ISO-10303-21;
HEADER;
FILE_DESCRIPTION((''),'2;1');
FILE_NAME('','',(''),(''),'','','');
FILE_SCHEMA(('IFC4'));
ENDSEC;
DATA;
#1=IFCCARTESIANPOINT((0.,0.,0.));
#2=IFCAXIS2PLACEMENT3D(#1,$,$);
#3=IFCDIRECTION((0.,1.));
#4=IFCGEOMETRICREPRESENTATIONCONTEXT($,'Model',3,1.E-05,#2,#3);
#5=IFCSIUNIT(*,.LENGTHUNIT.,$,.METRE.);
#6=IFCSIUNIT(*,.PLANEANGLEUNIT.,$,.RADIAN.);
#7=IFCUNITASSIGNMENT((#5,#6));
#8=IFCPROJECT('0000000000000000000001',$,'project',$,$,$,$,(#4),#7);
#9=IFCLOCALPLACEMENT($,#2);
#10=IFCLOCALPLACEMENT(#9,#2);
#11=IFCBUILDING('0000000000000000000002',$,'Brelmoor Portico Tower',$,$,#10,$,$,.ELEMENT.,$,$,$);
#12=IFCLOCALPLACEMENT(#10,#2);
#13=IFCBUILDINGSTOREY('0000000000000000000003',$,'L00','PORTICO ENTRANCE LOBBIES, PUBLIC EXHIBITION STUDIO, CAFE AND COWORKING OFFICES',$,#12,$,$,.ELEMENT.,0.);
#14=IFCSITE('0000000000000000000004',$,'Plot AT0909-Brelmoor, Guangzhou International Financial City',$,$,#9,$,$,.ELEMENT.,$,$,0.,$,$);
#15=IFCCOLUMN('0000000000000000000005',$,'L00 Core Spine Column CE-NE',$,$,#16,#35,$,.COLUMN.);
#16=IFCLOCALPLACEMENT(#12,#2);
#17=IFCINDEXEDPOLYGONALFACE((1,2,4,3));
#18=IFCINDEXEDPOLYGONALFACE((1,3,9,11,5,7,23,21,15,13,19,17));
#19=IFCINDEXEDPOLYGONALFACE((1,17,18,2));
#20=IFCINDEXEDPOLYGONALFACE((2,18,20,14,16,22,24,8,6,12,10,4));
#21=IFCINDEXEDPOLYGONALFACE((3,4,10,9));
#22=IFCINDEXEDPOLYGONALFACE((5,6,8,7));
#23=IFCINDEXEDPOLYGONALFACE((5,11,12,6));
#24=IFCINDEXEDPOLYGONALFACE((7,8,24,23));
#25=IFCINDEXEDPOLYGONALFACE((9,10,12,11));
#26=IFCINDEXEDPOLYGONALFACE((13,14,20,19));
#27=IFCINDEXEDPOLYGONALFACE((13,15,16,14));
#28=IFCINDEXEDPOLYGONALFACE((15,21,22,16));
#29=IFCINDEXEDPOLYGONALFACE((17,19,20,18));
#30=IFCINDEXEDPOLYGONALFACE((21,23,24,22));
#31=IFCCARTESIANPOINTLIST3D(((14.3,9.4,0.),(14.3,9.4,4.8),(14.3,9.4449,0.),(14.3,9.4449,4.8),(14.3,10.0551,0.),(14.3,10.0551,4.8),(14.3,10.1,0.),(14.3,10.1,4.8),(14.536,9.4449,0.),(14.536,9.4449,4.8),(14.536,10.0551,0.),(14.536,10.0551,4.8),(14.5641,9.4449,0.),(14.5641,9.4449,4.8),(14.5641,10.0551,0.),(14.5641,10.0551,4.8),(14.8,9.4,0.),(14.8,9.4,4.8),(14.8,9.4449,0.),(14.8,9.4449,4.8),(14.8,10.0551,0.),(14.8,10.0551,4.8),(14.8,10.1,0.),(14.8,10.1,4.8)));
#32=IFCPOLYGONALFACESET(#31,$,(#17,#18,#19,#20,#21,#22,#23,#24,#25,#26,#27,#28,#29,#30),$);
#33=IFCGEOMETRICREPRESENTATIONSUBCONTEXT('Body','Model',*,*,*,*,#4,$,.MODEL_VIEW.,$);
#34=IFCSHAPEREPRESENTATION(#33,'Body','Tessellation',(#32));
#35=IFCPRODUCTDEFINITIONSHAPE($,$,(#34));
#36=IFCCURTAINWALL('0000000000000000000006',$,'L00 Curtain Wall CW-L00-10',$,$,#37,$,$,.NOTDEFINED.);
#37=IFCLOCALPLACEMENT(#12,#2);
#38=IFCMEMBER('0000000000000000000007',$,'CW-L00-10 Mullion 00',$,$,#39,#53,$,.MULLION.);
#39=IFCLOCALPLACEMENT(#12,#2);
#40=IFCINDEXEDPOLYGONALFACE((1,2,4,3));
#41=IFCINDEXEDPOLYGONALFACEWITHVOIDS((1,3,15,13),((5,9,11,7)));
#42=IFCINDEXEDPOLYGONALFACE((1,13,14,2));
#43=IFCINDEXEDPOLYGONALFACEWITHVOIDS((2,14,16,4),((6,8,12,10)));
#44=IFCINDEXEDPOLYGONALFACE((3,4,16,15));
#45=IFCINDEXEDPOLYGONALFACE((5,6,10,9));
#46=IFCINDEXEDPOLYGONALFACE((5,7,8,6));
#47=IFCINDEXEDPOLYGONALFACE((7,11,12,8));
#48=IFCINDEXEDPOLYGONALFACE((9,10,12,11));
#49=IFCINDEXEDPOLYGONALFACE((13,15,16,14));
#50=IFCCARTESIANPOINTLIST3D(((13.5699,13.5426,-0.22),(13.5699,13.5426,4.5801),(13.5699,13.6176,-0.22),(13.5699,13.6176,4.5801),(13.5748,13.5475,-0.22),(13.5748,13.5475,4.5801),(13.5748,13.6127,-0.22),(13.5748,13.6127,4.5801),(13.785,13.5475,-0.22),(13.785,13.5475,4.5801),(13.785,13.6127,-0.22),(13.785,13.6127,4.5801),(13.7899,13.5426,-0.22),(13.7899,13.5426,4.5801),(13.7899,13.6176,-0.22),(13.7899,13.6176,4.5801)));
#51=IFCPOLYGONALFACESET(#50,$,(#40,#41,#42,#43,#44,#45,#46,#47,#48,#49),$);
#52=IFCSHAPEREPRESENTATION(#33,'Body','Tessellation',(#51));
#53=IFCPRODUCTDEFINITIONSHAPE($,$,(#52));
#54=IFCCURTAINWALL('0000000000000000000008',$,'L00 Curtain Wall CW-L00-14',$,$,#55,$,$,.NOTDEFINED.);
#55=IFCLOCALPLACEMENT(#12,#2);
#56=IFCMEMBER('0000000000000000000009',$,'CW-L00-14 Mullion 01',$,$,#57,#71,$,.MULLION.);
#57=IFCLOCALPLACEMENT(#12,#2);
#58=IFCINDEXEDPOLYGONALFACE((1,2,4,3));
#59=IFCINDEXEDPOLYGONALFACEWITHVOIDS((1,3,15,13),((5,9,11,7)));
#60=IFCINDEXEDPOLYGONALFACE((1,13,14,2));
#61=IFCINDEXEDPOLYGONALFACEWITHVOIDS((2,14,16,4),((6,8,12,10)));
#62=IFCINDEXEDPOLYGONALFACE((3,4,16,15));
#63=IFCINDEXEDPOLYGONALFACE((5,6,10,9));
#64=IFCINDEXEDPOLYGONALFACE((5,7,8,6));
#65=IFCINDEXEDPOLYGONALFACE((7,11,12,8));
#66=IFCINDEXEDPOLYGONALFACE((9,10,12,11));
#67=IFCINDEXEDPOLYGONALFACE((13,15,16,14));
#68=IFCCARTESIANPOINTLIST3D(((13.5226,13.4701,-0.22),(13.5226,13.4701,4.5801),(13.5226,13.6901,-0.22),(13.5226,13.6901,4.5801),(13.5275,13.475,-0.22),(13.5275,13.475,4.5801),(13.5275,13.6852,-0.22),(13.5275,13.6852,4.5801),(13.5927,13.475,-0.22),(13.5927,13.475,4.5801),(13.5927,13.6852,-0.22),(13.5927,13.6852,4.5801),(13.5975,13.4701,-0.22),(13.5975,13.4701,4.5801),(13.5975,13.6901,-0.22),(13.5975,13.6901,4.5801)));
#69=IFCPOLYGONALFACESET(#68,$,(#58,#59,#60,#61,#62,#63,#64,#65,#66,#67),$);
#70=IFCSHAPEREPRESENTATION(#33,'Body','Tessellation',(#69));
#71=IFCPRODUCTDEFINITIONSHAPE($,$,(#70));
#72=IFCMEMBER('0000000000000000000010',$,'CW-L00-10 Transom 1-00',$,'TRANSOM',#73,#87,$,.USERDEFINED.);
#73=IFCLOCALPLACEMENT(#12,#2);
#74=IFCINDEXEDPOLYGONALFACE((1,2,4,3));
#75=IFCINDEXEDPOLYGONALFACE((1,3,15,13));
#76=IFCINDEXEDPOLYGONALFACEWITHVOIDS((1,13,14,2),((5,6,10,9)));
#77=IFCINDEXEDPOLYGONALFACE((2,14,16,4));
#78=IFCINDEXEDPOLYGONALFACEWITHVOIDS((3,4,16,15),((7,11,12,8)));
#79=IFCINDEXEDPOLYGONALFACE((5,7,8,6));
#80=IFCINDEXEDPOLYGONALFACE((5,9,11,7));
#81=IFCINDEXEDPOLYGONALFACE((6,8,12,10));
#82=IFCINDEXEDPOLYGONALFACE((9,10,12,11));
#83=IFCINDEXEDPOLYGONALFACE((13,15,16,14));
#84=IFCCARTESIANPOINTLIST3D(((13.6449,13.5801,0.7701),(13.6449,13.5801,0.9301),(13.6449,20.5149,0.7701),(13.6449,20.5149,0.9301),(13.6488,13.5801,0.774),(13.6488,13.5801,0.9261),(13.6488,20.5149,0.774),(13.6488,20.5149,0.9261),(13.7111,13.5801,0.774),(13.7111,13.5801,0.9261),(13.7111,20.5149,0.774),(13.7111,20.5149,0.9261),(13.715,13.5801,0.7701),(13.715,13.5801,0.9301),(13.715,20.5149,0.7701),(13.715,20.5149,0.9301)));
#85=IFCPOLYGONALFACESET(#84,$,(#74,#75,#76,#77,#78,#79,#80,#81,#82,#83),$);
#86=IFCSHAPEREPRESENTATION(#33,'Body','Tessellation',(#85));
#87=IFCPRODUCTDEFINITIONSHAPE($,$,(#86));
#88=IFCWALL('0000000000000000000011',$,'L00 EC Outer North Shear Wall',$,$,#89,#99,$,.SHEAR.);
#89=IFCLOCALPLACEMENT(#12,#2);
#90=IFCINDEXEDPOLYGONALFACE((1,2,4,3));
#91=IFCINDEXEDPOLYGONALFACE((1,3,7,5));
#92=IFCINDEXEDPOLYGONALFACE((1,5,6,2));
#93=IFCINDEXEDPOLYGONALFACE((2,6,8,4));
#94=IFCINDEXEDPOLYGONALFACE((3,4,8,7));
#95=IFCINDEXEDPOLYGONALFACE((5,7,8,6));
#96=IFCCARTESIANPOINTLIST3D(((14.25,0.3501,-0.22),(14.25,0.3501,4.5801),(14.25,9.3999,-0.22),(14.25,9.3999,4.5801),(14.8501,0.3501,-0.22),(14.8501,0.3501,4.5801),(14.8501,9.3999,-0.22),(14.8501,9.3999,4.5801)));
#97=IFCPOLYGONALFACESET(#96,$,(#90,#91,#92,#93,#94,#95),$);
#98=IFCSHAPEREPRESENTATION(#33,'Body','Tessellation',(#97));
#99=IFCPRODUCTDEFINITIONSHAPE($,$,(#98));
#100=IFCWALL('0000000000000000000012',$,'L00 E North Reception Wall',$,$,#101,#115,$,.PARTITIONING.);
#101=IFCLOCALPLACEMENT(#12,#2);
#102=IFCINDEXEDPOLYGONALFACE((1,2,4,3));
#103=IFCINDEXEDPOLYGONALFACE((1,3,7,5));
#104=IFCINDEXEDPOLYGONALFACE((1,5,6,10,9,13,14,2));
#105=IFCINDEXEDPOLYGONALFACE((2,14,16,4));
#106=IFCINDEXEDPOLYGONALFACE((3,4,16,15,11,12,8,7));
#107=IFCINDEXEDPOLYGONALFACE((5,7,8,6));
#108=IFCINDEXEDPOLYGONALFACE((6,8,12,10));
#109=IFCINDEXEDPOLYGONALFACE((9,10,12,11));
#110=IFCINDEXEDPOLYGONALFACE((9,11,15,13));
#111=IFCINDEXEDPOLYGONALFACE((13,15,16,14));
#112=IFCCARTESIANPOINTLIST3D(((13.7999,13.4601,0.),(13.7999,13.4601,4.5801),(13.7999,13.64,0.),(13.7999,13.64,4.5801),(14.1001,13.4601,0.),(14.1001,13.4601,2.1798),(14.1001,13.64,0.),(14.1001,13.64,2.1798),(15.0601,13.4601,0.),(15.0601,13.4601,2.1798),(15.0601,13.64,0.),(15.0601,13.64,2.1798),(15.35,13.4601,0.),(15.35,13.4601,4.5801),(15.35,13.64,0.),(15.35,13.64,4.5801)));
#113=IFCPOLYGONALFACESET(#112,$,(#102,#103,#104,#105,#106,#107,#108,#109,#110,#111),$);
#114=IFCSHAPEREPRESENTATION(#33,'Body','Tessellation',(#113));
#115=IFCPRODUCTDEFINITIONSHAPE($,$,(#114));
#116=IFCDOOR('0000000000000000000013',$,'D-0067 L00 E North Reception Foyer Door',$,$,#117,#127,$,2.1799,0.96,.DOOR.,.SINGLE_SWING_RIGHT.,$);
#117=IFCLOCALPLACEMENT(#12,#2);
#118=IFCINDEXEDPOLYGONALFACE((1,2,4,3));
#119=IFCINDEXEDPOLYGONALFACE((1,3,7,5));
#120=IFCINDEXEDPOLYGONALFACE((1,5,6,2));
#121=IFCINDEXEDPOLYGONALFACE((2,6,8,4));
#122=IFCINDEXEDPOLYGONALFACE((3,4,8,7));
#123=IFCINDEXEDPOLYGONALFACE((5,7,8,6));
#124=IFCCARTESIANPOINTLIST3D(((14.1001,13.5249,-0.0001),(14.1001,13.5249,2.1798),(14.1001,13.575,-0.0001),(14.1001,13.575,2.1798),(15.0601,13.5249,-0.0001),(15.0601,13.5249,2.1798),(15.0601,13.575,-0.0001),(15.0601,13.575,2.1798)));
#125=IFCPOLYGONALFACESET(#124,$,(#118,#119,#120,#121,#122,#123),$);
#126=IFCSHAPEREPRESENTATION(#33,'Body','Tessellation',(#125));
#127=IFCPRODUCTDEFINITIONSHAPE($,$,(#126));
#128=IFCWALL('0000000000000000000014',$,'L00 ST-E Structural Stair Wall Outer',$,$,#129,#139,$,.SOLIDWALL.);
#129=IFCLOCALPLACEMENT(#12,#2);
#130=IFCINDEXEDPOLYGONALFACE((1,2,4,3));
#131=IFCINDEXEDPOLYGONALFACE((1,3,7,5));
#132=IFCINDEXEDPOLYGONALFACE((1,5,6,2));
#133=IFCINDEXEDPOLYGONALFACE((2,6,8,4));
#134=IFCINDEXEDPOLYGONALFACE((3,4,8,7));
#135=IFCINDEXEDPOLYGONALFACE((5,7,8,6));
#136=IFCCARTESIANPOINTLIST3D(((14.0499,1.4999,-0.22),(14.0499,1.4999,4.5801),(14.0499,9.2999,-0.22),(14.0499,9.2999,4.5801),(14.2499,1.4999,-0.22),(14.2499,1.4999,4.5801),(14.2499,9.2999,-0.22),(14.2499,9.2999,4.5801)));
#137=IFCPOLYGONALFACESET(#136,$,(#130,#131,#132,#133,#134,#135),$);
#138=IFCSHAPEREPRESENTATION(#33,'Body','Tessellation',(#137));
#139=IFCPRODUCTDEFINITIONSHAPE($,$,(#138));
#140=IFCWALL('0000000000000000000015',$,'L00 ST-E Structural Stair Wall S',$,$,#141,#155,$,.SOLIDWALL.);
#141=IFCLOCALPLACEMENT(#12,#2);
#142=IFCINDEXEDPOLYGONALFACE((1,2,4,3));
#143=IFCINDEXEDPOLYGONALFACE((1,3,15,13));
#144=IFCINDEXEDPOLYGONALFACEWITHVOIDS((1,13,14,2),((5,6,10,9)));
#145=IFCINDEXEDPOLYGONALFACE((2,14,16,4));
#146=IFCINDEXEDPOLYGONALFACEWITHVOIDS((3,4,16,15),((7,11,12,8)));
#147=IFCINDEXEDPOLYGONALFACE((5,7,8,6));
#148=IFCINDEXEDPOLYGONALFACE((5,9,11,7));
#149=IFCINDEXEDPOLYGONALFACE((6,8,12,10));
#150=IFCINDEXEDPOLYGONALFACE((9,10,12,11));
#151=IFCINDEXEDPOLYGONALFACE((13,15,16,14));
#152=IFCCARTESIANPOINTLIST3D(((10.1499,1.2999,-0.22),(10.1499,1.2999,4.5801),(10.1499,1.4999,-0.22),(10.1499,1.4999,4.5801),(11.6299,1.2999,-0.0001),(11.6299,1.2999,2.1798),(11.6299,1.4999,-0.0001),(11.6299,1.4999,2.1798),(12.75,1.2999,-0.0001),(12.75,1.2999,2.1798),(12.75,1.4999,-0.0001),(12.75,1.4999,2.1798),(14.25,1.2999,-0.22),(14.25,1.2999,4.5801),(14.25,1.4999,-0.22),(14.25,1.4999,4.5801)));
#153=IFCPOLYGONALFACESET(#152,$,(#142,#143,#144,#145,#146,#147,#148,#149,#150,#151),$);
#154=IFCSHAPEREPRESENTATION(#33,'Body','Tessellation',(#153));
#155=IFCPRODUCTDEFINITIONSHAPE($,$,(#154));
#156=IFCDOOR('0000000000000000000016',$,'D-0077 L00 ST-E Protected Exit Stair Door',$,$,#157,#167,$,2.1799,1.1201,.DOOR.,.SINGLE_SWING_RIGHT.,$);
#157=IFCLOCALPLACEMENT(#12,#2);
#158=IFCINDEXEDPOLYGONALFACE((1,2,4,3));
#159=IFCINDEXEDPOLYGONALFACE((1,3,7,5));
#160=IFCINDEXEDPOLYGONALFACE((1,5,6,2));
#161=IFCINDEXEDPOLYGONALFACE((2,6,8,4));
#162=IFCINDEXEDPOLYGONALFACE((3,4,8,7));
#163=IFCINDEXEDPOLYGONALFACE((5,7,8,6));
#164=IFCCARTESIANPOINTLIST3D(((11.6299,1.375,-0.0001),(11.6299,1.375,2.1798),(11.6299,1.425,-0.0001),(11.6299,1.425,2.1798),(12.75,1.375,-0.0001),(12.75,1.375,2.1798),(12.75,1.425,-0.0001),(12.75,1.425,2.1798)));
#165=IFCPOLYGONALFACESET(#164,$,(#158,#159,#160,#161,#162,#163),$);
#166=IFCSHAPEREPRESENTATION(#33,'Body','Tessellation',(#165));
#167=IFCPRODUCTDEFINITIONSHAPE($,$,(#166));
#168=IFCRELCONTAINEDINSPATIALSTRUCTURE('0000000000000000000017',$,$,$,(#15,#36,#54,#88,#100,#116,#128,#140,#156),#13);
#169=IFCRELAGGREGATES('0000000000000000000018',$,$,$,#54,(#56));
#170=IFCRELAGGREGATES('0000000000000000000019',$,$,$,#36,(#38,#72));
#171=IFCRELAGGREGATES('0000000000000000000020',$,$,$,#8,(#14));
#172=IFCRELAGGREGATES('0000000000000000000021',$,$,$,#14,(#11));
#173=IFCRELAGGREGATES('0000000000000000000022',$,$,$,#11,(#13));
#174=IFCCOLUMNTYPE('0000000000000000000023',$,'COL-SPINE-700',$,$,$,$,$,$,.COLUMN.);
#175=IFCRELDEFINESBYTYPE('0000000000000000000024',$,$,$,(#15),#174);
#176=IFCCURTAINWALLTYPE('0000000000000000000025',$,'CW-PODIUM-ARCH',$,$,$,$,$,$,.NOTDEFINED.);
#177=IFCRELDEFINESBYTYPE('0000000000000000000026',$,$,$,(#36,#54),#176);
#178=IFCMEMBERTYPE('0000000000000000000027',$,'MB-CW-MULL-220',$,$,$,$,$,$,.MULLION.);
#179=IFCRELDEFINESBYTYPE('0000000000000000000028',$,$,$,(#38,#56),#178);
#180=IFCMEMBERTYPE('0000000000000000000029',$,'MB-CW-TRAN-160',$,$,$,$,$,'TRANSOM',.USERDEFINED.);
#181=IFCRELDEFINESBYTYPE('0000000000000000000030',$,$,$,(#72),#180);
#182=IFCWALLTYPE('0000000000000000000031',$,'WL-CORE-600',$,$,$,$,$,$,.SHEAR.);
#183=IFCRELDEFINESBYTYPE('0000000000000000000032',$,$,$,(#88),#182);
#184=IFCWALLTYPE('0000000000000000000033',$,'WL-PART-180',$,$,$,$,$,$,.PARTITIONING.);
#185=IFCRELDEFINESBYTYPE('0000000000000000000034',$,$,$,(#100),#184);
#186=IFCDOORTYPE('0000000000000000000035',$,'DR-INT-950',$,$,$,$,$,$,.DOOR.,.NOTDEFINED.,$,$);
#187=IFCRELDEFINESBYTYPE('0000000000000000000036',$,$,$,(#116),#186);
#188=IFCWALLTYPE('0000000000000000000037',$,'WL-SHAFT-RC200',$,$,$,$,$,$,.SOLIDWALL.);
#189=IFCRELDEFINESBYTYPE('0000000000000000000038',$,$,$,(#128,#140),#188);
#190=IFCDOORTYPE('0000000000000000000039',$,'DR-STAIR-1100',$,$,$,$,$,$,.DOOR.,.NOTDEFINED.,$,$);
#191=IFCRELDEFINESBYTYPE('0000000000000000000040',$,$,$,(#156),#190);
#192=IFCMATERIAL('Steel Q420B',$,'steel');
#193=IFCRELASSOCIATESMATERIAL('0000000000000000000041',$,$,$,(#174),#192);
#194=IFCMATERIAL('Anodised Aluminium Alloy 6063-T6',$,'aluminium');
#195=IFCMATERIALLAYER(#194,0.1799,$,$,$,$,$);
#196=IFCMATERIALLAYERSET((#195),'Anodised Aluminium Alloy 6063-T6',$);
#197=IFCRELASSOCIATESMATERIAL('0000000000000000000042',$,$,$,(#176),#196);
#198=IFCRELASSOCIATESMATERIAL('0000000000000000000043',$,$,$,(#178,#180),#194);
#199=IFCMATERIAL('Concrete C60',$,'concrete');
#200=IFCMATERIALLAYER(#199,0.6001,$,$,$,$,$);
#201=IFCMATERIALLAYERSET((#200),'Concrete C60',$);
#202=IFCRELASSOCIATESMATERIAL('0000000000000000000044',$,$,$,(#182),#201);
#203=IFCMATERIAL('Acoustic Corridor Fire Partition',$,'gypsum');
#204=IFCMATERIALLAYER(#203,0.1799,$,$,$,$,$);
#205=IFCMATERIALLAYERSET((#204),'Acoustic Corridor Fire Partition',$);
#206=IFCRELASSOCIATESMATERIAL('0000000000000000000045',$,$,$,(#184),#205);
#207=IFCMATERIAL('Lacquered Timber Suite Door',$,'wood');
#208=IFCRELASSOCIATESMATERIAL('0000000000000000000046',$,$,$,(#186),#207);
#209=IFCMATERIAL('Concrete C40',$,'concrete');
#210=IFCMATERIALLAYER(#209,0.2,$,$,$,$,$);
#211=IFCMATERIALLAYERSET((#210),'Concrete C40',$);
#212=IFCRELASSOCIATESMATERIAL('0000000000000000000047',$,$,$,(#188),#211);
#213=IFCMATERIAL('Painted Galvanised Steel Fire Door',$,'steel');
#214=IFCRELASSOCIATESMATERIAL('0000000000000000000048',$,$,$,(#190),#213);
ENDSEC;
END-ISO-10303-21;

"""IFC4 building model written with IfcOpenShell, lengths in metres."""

from ifc_helpers import new_model, si_unit, direction, frame, frame_2d, origin, origin_2d, place, context, subcontext, project, spatial, rectangle, hollow_rectangle, i_section, extrude, material, layer, layer_set, material_profile, profile_set, type_object, element, fill, aggregate, save


model = new_model("IFC4")

# Units and contexts
model_context = context("Model", 3, precision=1e-05, world=origin(), true_north=direction((0.0, 1.0)))
body_context = subcontext(model_context, "Body", "Model", "MODEL_VIEW")
ifc_project = project(units=[si_unit("LENGTHUNIT", "METRE"), si_unit("PLANEANGLEUNIT", "RADIAN")], contexts=[model_context])

# Site, building, storey
site_placement = place(None, origin())
site = spatial("IfcSite", under=ifc_project, at=site_placement, Name="Plot AT0909-Brelmoor, Guangzhou International Financial City", CompositionType="ELEMENT", RefElevation=0.0)
building_placement = place(site_placement, origin())
building = spatial("IfcBuilding", under=site, at=building_placement, Name="Brelmoor Portico Tower", CompositionType="ELEMENT")
storey_placement = place(building_placement, origin())
storey = spatial("IfcBuildingStorey", under=building, at=storey_placement, Name="L00", Description="PORTICO ENTRANCE LOBBIES, PUBLIC EXHIBITION STUDIO, CAFE AND COWORKING OFFICES", CompositionType="ELEMENT", Elevation=0.0)

# Column
ifc_material_1 = material(Name="Steel Q420B", Category="steel")
ifc_material_profile_1 = material_profile(ifc_material_1, i_section(OverallWidth=0.5, OverallDepth=0.7, WebThickness=0.0281, FlangeThickness=0.0449, at=origin_2d()), Name="HW 700x500x28x45")
ifc_profile_set_1 = profile_set([ifc_material_profile_1], Name="Steel Q420B")
column_type = type_object("IfcColumnType", Name="COL-SPINE-700", PredefinedType="COLUMN", material=ifc_profile_set_1)
column_placement = place(storey_placement, frame((14.55, 9.75, 0.0), z_axis=(0.0, 0.0, 1.0), x_axis=(1.0, 0.0, 0.0)))
element("IfcColumn", 1, at=column_placement, inside=storey, type_object=column_type, Name="L00 Core Spine Column CE-NE", PredefinedType="COLUMN", context=body_context, shape_type="SweptSolid", body=[
    extrude(i_section(OverallWidth=0.5, OverallDepth=0.7, WebThickness=0.0281, FlangeThickness=0.0449, at=origin_2d()), origin(), (0.0, 0.0, 1.0), 4.8),
])

# Curtain walls, members
ifc_material_2 = material(Name="Anodised Aluminium Alloy 6063-T6", Category="aluminium")
ifc_layer_1 = layer(ifc_material_2, 0.1799)
ifc_layer_set_1 = layer_set([ifc_layer_1], Name="Anodised Aluminium Alloy 6063-T6")
curtain_wall_type = type_object("IfcCurtainWallType", Name="CW-PODIUM-ARCH", PredefinedType="NOTDEFINED", material=ifc_layer_set_1)
curtain_wall_1_placement = place(storey_placement, origin())
curtain_wall_1 = element("IfcCurtainWall", 2, at=curtain_wall_1_placement, inside=storey, type_object=curtain_wall_type, Name="L00 Curtain Wall CW-L00-10", PredefinedType="NOTDEFINED")
ifc_material_profile_2 = material_profile(ifc_material_2, hollow_rectangle(XDim=0.075, YDim=0.22, WallThickness=0.0049, at=origin_2d()), Name="ALU MULLION 75x220")
ifc_profile_set_2 = profile_set([ifc_material_profile_2], Name="Anodised Aluminium Alloy 6063-T6")
member_type_1 = type_object("IfcMemberType", Name="MB-CW-MULL-220", PredefinedType="MULLION", material=ifc_profile_set_2)
member_1_placement = place(storey_placement, frame((13.6799, 13.5801, -0.22), z_axis=(0.0, 0.0, 1.0), x_axis=(0.0, 1.0, 0.0)))
member_1 = element("IfcMember", 3, at=member_1_placement, type_object=member_type_1, Name="CW-L00-10 Mullion 00", PredefinedType="MULLION", context=body_context, shape_type="SweptSolid", body=[
    extrude(hollow_rectangle(XDim=0.075, YDim=0.22, WallThickness=0.0049, at=origin_2d()), origin(), (0.0, 0.0, 1.0), 4.8),
])
curtain_wall_2_placement = place(storey_placement, origin())
curtain_wall_2 = element("IfcCurtainWall", 4, at=curtain_wall_2_placement, inside=storey, type_object=curtain_wall_type, Name="L00 Curtain Wall CW-L00-14", PredefinedType="NOTDEFINED")
member_2_placement = place(storey_placement, frame((13.5601, 13.5801, -0.22), z_axis=(0.0, 0.0, 1.0), x_axis=(1.0, 0.0, 0.0)))
member_2 = element("IfcMember", 5, at=member_2_placement, type_object=member_type_1, Name="CW-L00-14 Mullion 01", PredefinedType="MULLION", context=body_context, shape_type="SweptSolid", body=[
    extrude(hollow_rectangle(XDim=0.075, YDim=0.22, WallThickness=0.0049, at=origin_2d()), origin(), (0.0, 0.0, 1.0), 4.8),
])
aggregate(curtain_wall_2, [member_2])

# Member
ifc_material_profile_3 = material_profile(ifc_material_2, hollow_rectangle(XDim=0.0701, YDim=0.1599, WallThickness=0.0039, at=origin_2d()), Name="ALU TRANSOM 70x160")
ifc_profile_set_3 = profile_set([ifc_material_profile_3], Name="Anodised Aluminium Alloy 6063-T6")
member_type_2 = type_object("IfcMemberType", Name="MB-CW-TRAN-160", ElementType="TRANSOM", PredefinedType="USERDEFINED", material=ifc_profile_set_3)
member_3_placement = place(storey_placement, frame((13.6799, 13.5801, 0.8501), z_axis=(0.0, 1.0, 0.0), x_axis=(-1.0, 0.0, 0.0)))
member_3 = element("IfcMember", 6, at=member_3_placement, type_object=member_type_2, Name="CW-L00-10 Transom 1-00", ObjectType="TRANSOM", PredefinedType="USERDEFINED", context=body_context, shape_type="SweptSolid", body=[
    extrude(hollow_rectangle(XDim=0.0701, YDim=0.1599, WallThickness=0.0039, at=origin_2d()), origin(), (0.0, 0.0, 1.0), 6.9348),
])
aggregate(curtain_wall_1, [member_1, member_3])

# Wall
ifc_material_3 = material(Name="Concrete C60", Category="concrete")
ifc_layer_2 = layer(ifc_material_3, 0.6001)
ifc_layer_set_2 = layer_set([ifc_layer_2], Name="Concrete C60")
wall_type_1 = type_object("IfcWallType", Name="WL-CORE-600", PredefinedType="SHEAR", material=ifc_layer_set_2)
wall_1_placement = place(storey_placement, frame((14.55, 0.3501, -0.22), z_axis=(0.0, 0.0, 1.0), x_axis=(0.0, 1.0, 0.0)))
element("IfcWall", 7, at=wall_1_placement, inside=storey, type_object=wall_type_1, Name="L00 EC Outer North Shear Wall", PredefinedType="SHEAR", context=body_context, shape_type="SweptSolid", body=[
    extrude(rectangle(XDim=9.0498, YDim=0.6001, at=frame_2d((4.5249, 0.0))), origin(), (0.0, 0.0, 1.0), 4.8),
])

# Wall, opening, door
ifc_material_4 = material(Name="Acoustic Corridor Fire Partition", Category="gypsum")
ifc_layer_3 = layer(ifc_material_4, 0.1799)
ifc_layer_set_3 = layer_set([ifc_layer_3], Name="Acoustic Corridor Fire Partition")
wall_type_2 = type_object("IfcWallType", Name="WL-PART-180", PredefinedType="PARTITIONING", material=ifc_layer_set_3)
wall_2_placement = place(storey_placement, frame((13.8, 13.55, 0.0), z_axis=(0.0, 0.0, 1.0), x_axis=(1.0, 0.0, 0.0)))
wall_2 = element("IfcWall", 8, at=wall_2_placement, inside=storey, type_object=wall_type_2, Name="L00 E North Reception Wall", PredefinedType="PARTITIONING", context=body_context, shape_type="SweptSolid", body=[
    extrude(rectangle(XDim=1.55, YDim=0.1799, at=frame_2d((0.7749, 0.0))), origin(), (0.0, 0.0, 1.0), 4.5801),
])
opening_1_placement = place(wall_2_placement, frame((0.3, 0.0, 0.0)))
opening_1 = element("IfcOpeningElement", 9, at=opening_1_placement, cuts=wall_2, PredefinedType="OPENING", context=body_context, shape_type="SweptSolid", body=[
    extrude(rectangle(XDim=0.96, YDim=2.1799, at=frame_2d((0.48, 1.0898))), frame((0.0, 0.0999, 0.0), z_axis=(0.0, -1.0, 0.0), x_axis=(1.0, 0.0, 0.0)), (0.0, 0.0, 1.0), 0.2),
])
ifc_material_5 = material(Name="Lacquered Timber Suite Door", Category="wood")
door_type_1 = type_object("IfcDoorType", Name="DR-INT-950", OperationType="NOTDEFINED", PredefinedType="DOOR", material=ifc_material_5)
door_1_placement = place(opening_1_placement, origin())
door_1 = element("IfcDoor", 10, at=door_1_placement, inside=storey, type_object=door_type_1, Name="D-0067 L00 E North Reception Foyer Door", OperationType="SINGLE_SWING_RIGHT", OverallHeight=2.1799, OverallWidth=0.96, PredefinedType="DOOR", context=body_context, shape_type="SweptSolid", body=[
    extrude(rectangle(XDim=0.96, YDim=2.1799, at=frame_2d((0.48, 1.0898))), frame((0.0, 0.0249, 0.0), z_axis=(0.0, -1.0, 0.0), x_axis=(1.0, 0.0, 0.0)), (0.0, 0.0, 1.0), 0.05),
])
fill(opening_1, door_1)

# Wall
ifc_material_6 = material(Name="Concrete C40", Category="concrete")
ifc_layer_4 = layer(ifc_material_6, 0.2)
ifc_layer_set_4 = layer_set([ifc_layer_4], Name="Concrete C40")
wall_type_3 = type_object("IfcWallType", Name="WL-SHAFT-RC200", PredefinedType="SOLIDWALL", material=ifc_layer_set_4)
wall_3_placement = place(storey_placement, frame((14.1499, 1.5, -0.22), z_axis=(0.0, 0.0, 1.0), x_axis=(0.0, 1.0, 0.0)))
element("IfcWall", 11, at=wall_3_placement, inside=storey, type_object=wall_type_3, Name="L00 ST-E Structural Stair Wall Outer", PredefinedType="SOLIDWALL", context=body_context, shape_type="SweptSolid", body=[
    extrude(rectangle(XDim=7.8, YDim=0.2, at=frame_2d((3.8999, 0.0))), origin(), (0.0, 0.0, 1.0), 4.8),
])

# Wall, opening, door
wall_4_placement = place(storey_placement, frame((14.25, 1.3999, -0.22), z_axis=(0.0, 0.0, 1.0), x_axis=(-1.0, 0.0, 0.0)))
wall_4 = element("IfcWall", 12, at=wall_4_placement, inside=storey, type_object=wall_type_3, Name="L00 ST-E Structural Stair Wall S", PredefinedType="SOLIDWALL", context=body_context, shape_type="SweptSolid", body=[
    extrude(rectangle(XDim=4.1001, YDim=0.2, at=frame_2d((2.05, 0.0))), origin(), (0.0, 0.0, 1.0), 4.8),
])
opening_2_placement = place(wall_4_placement, frame((1.5, 0.0, 0.22)))
opening_2 = element("IfcOpeningElement", 13, at=opening_2_placement, cuts=wall_4, PredefinedType="OPENING", context=body_context, shape_type="SweptSolid", body=[
    extrude(rectangle(XDim=1.1201, YDim=2.1799, at=frame_2d((0.5601, 1.0898))), frame((0.0, 0.1099, 0.0), z_axis=(0.0, -1.0, 0.0), x_axis=(1.0, 0.0, 0.0)), (0.0, 0.0, 1.0), 0.22),
])
ifc_material_7 = material(Name="Painted Galvanised Steel Fire Door", Category="steel")
door_type_2 = type_object("IfcDoorType", Name="DR-STAIR-1100", OperationType="NOTDEFINED", PredefinedType="DOOR", material=ifc_material_7)
door_2_placement = place(opening_2_placement, origin())
door_2 = element("IfcDoor", 14, at=door_2_placement, inside=storey, type_object=door_type_2, Name="D-0077 L00 ST-E Protected Exit Stair Door", OperationType="SINGLE_SWING_RIGHT", OverallHeight=2.1799, OverallWidth=1.1201, PredefinedType="DOOR", context=body_context, shape_type="SweptSolid", body=[
    extrude(rectangle(XDim=1.1201, YDim=2.1799, at=frame_2d((0.5601, 1.0898))), frame((0.0, 0.0249, 0.0), z_axis=(0.0, -1.0, 0.0), x_axis=(1.0, 0.0, 0.0)), (0.0, 0.0, 1.0), 0.05),
])
fill(opening_2, door_2)

save(model, "model.ifc")
